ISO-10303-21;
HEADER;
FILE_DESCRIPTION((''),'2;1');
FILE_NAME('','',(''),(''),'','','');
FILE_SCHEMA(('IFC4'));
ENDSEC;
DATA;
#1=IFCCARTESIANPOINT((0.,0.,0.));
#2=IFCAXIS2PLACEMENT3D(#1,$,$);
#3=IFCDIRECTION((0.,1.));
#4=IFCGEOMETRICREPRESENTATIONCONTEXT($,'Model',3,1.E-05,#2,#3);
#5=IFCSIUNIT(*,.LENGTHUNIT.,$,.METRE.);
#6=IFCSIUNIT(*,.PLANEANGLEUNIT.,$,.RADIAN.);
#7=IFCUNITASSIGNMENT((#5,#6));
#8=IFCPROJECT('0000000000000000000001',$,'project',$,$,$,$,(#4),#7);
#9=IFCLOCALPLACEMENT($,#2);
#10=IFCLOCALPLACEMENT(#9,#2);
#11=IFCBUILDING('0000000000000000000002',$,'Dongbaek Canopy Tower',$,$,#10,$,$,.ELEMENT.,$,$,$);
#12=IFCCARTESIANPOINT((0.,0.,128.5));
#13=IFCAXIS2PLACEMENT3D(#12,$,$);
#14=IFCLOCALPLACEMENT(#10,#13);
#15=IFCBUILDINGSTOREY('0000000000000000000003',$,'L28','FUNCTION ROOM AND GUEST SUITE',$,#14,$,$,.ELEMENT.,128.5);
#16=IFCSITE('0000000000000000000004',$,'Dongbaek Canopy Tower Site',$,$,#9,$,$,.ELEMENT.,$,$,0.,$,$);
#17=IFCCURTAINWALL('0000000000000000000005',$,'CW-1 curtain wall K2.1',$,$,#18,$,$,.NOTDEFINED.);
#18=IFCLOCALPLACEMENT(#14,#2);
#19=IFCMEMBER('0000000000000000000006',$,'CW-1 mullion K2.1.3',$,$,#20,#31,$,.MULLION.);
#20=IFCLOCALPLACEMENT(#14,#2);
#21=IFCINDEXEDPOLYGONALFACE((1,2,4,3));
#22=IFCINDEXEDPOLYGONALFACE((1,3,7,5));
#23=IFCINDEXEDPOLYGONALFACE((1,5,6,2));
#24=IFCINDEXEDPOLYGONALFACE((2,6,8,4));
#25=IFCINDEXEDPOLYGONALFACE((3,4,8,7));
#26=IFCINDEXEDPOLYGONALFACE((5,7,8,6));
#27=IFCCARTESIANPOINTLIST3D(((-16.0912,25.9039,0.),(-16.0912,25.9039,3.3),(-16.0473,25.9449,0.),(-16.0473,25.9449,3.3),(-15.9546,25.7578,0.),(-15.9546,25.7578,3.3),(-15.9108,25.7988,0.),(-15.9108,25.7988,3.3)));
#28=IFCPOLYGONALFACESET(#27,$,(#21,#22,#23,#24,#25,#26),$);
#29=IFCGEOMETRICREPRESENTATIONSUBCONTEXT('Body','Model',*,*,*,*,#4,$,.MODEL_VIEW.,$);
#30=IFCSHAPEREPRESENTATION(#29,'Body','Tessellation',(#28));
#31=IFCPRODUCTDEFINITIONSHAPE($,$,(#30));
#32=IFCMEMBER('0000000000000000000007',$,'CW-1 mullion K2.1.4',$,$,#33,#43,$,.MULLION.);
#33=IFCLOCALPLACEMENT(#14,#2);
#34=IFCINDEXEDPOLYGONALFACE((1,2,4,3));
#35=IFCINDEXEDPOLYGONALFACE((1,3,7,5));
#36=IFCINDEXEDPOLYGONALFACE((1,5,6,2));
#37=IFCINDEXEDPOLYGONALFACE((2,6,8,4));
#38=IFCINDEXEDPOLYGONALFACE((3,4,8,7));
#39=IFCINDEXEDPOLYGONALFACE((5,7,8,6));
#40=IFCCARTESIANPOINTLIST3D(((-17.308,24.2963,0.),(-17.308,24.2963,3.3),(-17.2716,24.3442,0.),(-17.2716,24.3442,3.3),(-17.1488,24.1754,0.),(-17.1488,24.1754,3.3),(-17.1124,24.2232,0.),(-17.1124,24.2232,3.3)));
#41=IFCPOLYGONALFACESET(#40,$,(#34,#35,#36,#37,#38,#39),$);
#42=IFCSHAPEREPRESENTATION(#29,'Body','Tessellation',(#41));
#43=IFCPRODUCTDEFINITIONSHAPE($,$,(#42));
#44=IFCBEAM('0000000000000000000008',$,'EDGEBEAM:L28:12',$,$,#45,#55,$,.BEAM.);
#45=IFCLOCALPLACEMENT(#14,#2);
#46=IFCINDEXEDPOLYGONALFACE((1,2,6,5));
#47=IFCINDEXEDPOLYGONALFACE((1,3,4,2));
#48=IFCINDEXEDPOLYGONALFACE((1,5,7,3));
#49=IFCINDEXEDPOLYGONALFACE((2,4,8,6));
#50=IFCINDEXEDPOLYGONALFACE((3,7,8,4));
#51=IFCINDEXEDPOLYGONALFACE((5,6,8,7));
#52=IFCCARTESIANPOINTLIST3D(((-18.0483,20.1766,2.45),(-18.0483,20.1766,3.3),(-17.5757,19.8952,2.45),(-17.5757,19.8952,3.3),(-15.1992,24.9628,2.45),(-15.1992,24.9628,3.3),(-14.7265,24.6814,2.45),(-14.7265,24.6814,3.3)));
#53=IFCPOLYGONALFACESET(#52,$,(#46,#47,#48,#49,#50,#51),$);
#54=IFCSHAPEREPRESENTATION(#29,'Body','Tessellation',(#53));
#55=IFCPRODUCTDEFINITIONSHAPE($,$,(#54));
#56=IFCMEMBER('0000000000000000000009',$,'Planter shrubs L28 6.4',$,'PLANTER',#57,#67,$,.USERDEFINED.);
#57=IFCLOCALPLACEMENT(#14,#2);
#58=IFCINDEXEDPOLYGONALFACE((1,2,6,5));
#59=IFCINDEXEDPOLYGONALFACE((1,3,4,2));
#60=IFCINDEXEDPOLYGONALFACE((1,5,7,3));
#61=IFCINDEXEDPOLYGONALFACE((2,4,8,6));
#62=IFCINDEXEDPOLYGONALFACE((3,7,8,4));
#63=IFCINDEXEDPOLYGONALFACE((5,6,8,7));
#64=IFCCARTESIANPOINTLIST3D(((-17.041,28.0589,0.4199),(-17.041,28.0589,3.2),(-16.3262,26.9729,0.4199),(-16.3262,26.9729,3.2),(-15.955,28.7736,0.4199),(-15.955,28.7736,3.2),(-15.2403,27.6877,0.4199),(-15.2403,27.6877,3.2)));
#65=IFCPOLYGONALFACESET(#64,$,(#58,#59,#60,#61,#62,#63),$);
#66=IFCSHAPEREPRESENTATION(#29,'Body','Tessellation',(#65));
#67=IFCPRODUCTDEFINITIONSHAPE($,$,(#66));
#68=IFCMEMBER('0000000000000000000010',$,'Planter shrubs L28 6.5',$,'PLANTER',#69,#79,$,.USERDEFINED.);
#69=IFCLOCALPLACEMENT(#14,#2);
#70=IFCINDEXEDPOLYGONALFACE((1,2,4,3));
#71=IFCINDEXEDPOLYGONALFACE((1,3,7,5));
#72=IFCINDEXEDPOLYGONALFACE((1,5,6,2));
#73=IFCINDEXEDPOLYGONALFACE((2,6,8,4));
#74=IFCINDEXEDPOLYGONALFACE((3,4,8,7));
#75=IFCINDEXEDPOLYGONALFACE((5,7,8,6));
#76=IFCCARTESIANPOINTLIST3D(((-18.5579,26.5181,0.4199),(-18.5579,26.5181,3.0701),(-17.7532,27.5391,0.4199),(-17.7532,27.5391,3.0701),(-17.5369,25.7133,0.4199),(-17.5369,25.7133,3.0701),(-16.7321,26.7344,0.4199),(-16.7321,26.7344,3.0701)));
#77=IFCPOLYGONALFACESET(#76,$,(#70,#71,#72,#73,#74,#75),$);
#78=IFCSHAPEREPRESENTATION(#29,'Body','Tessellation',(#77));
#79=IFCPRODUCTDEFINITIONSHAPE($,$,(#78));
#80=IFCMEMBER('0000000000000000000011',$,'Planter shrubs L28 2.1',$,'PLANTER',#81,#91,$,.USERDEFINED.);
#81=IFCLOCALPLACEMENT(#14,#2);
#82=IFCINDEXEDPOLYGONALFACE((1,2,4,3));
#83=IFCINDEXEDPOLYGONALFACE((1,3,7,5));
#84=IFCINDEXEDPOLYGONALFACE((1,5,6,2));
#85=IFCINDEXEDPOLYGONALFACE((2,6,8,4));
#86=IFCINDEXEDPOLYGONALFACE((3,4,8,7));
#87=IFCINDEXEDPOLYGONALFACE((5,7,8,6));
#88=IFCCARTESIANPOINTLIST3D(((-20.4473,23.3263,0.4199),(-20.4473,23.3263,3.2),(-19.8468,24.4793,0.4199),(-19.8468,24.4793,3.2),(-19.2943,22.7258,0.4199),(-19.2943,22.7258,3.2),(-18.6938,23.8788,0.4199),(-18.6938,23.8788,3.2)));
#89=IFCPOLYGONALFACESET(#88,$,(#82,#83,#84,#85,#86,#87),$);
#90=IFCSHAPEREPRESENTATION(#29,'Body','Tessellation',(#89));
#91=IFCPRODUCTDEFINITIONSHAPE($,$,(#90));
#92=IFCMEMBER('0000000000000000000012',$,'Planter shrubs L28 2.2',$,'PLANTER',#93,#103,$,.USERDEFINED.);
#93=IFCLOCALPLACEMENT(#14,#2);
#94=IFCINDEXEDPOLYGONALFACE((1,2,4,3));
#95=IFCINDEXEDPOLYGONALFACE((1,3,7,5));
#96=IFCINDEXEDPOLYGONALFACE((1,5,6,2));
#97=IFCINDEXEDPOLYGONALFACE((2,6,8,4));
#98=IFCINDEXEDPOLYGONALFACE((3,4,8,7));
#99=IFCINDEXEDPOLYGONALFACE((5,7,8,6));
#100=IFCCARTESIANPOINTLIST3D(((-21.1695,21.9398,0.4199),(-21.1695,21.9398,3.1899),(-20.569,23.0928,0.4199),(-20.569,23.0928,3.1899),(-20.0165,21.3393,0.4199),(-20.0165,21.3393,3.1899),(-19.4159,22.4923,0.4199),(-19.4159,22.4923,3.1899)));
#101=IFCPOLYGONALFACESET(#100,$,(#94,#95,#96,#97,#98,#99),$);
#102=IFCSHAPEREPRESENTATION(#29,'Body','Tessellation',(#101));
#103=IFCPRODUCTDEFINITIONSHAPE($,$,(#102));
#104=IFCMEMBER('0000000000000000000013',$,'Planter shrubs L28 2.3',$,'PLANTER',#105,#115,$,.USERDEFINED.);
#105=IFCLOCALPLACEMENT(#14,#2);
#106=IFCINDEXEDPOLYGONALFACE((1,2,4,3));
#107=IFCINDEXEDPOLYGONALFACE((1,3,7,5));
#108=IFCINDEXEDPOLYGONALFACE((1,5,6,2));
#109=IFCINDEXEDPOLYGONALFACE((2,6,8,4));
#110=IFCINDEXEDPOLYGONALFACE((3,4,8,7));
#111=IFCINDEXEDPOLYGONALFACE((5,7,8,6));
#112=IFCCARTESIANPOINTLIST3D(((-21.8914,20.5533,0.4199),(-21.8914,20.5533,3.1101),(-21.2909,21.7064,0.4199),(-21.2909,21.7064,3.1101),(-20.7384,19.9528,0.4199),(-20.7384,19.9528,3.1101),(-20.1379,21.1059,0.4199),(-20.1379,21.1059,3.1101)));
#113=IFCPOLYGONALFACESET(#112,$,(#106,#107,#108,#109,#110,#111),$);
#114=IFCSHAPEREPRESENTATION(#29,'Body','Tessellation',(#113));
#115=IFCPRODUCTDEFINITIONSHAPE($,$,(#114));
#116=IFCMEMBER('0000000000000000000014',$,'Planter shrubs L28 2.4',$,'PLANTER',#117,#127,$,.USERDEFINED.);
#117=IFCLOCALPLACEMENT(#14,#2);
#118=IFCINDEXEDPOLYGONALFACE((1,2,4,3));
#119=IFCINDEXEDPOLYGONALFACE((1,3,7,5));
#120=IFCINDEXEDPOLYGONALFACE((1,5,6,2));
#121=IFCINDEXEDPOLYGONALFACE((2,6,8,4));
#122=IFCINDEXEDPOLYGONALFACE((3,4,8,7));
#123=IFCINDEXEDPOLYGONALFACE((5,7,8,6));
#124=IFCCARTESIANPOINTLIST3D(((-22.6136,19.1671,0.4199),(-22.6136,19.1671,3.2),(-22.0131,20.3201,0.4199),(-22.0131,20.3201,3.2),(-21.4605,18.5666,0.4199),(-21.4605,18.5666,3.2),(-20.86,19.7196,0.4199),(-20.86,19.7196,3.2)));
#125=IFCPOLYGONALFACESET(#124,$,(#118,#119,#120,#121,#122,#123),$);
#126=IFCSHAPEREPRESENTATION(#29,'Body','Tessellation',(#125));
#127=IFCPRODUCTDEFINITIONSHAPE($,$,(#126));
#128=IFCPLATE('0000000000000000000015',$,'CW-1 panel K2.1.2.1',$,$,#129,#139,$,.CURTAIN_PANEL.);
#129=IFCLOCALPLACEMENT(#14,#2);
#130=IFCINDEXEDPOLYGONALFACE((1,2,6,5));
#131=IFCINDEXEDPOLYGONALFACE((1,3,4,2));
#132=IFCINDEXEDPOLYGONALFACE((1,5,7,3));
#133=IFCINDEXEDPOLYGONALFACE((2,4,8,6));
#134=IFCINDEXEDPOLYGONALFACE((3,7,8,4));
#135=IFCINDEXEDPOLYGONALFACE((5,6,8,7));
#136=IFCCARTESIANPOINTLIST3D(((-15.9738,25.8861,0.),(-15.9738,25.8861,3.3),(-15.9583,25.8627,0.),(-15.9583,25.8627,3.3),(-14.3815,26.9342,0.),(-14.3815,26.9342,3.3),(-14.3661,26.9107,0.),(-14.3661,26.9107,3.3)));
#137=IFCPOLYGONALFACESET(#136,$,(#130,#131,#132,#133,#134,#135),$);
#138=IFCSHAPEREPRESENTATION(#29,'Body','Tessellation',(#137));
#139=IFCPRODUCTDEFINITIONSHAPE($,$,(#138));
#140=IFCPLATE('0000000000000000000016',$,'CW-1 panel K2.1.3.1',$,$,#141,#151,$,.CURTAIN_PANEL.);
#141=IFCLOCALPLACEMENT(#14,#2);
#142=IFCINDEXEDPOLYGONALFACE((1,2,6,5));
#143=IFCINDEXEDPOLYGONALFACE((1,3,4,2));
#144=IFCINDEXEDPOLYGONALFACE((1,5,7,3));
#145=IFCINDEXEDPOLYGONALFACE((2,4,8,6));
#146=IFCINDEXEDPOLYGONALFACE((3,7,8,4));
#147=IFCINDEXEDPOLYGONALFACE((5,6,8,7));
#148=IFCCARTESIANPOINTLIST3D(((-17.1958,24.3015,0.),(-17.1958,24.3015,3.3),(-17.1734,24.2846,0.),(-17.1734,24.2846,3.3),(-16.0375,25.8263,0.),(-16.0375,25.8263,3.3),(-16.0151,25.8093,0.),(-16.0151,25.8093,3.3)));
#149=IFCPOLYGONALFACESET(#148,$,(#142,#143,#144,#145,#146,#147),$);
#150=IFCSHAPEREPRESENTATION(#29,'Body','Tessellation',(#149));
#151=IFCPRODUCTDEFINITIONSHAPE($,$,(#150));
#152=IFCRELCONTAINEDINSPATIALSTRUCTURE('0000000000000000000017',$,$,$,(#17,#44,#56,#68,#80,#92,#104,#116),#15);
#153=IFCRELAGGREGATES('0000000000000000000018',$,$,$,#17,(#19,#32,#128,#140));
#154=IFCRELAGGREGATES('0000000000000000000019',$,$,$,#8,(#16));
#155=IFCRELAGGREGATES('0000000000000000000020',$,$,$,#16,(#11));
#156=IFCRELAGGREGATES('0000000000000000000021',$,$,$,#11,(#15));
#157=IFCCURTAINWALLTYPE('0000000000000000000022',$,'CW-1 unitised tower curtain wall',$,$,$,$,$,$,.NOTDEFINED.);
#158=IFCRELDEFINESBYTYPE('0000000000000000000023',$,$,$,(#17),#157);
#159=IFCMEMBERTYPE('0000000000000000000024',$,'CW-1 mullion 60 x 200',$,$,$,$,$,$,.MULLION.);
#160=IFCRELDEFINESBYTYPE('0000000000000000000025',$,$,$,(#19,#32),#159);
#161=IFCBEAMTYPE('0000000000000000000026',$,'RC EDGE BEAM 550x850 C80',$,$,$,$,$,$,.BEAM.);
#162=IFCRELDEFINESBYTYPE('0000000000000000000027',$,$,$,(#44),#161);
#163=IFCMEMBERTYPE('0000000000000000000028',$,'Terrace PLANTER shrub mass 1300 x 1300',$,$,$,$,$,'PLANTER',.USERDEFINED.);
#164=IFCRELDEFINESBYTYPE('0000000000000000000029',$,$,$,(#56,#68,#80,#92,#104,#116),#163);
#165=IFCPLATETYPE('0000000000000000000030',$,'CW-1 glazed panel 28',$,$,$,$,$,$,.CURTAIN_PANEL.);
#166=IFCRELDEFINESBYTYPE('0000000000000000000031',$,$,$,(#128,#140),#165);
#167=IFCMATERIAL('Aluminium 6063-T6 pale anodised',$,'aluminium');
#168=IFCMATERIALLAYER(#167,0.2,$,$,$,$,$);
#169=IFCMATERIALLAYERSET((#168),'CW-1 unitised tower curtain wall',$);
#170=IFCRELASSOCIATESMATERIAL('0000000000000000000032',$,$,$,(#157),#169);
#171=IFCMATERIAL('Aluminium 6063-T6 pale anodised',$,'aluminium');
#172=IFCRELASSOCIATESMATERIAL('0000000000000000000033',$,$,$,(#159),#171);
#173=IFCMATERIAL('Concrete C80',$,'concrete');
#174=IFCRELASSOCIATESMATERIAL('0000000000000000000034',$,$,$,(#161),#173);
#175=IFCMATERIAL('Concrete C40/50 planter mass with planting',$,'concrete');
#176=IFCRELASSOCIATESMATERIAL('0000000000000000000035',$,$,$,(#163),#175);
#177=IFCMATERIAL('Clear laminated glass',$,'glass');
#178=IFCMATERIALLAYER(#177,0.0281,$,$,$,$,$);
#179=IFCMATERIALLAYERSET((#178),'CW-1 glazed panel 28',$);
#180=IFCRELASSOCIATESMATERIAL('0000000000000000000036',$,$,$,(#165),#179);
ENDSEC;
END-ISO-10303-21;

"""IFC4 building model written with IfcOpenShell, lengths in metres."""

from ifc_helpers import new_model, si_unit, direction, frame, origin, origin_2d, place, context, subcontext, project, spatial, rectangle, extrude, material, layer, layer_set, material_profile, profile_set, type_object, element, aggregate, save


model = new_model("IFC4")

# Units and contexts
model_context = context("Model", 3, precision=1e-05, world=origin(), true_north=direction((0.0, 1.0)))
body_context = subcontext(model_context, "Body", "Model", "MODEL_VIEW")
ifc_project = project(units=[si_unit("LENGTHUNIT", "METRE"), si_unit("PLANEANGLEUNIT", "RADIAN")], contexts=[model_context])

# Site, building, storey
site_placement = place(None, origin())
site = spatial("IfcSite", under=ifc_project, at=site_placement, Name="Dongbaek Canopy Tower Site", CompositionType="ELEMENT", RefElevation=0.0)
building_placement = place(site_placement, origin())
building = spatial("IfcBuilding", under=site, at=building_placement, Name="Dongbaek Canopy Tower", CompositionType="ELEMENT")
storey_placement = place(building_placement, frame((0.0, 0.0, 128.5)))
storey = spatial("IfcBuildingStorey", under=building, at=storey_placement, Name="L28", Description="FUNCTION ROOM AND GUEST SUITE", CompositionType="ELEMENT", Elevation=128.5)

# Curtain wall, members
ifc_material_1 = material(Name="Aluminium 6063-T6 pale anodised", Category="aluminium")
ifc_layer_1 = layer(ifc_material_1, 0.2)
ifc_layer_set_1 = layer_set([ifc_layer_1], Name="CW-1 unitised tower curtain wall")
curtain_wall_type = type_object("IfcCurtainWallType", Name="CW-1 unitised tower curtain wall", PredefinedType="NOTDEFINED", material=ifc_layer_set_1)
curtain_wall_placement = place(storey_placement, origin())
curtain_wall = element("IfcCurtainWall", 1, at=curtain_wall_placement, inside=storey, type_object=curtain_wall_type, Name="CW-1 curtain wall K2.1", PredefinedType="NOTDEFINED")
ifc_material_2 = material(Name="Aluminium 6063-T6 pale anodised", Category="aluminium")
ifc_material_profile_1 = material_profile(ifc_material_2, rectangle(XDim=0.2, YDim=0.0601, at=origin_2d()), Name="CW-1 mullion 60 x 200")
ifc_profile_set_1 = profile_set([ifc_material_profile_1], Name="Aluminium 6063-T6 pale anodised")
member_type_1 = type_object("IfcMemberType", Name="CW-1 mullion 60 x 200", PredefinedType="MULLION", material=ifc_profile_set_1)
member_1_placement = place(storey_placement, frame((-16.001, 25.8513, 0.0), z_axis=(0.0, 0.0, 1.0), x_axis=(-0.682829, 0.730578, 0.0)))
member_1 = element("IfcMember", 2, at=member_1_placement, type_object=member_type_1, Name="CW-1 mullion K2.1.3", PredefinedType="MULLION", context=body_context, shape_type="SweptSolid", body=[
    extrude(rectangle(XDim=0.2, YDim=0.0601, at=origin_2d()), origin(), (0.0, 0.0, 1.0), 3.3),
])
member_2_placement = place(storey_placement, frame((-17.2102, 24.2598, 0.0), z_axis=(0.0, 0.0, 1.0), x_axis=(-0.796291, 0.604914, 0.0)))
member_2 = element("IfcMember", 3, at=member_2_placement, type_object=member_type_1, Name="CW-1 mullion K2.1.4", PredefinedType="MULLION", context=body_context, shape_type="SweptSolid", body=[
    extrude(rectangle(XDim=0.2, YDim=0.0601, at=origin_2d()), origin(), (0.0, 0.0, 1.0), 3.3),
])

# Beam
ifc_material_3 = material(Name="Concrete C80", Category="concrete")
ifc_material_profile_2 = material_profile(ifc_material_3, rectangle(XDim=0.55, YDim=0.8501, at=origin_2d()), Name="RC EDGE BEAM 550x850 C80")
ifc_profile_set_2 = profile_set([ifc_material_profile_2], Name="Concrete C80")
beam_type = type_object("IfcBeamType", Name="RC EDGE BEAM 550x850 C80", PredefinedType="BEAM", material=ifc_profile_set_2)
beam_placement = place(storey_placement, frame((-17.812, 20.0359, 2.875), z_axis=(0.511515, 0.859275, 0.0), x_axis=(-0.859275, 0.511515, 0.0)))
element("IfcBeam", 4, at=beam_placement, inside=storey, type_object=beam_type, Name="EDGEBEAM:L28:12", PredefinedType="BEAM", context=body_context, shape_type="SweptSolid", body=[
    extrude(rectangle(XDim=0.55, YDim=0.8501, at=origin_2d()), origin(), (0.0, 0.0, 1.0), 5.5701),
])

# Members
ifc_material_4 = material(Name="Concrete C40/50 planter mass with planting", Category="concrete")
ifc_material_profile_3 = material_profile(ifc_material_4, rectangle(XDim=1.3, YDim=1.3, at=origin_2d()), Name="Terrace PLANTER shrub mass 1300 x 1300")
ifc_profile_set_3 = profile_set([ifc_material_profile_3], Name="Concrete C40/50 planter mass with planting")
member_type_2 = type_object("IfcMemberType", Name="Terrace PLANTER shrub mass 1300 x 1300", ElementType="PLANTER", PredefinedType="USERDEFINED", material=ifc_profile_set_3)
member_3_placement = place(storey_placement, frame((-16.1406, 27.8733, 0.4199), z_axis=(0.0, 0.0, 1.0), x_axis=(-0.549794, 0.835301, 0.0)))
element("IfcMember", 5, at=member_3_placement, inside=storey, type_object=member_type_2, Name="Planter shrubs L28 6.4", ObjectType="PLANTER", PredefinedType="USERDEFINED", context=body_context, shape_type="SweptSolid", body=[
    extrude(rectangle(XDim=1.3, YDim=1.3, at=origin_2d()), origin(), (0.0, 0.0, 1.0), 2.78),
])
member_4_placement = place(storey_placement, frame((-17.645, 26.6262, 0.4199), z_axis=(0.0, 0.0, 1.0), x_axis=(-0.785388, 0.619003, 0.0)))
element("IfcMember", 6, at=member_4_placement, inside=storey, type_object=member_type_2, Name="Planter shrubs L28 6.5", ObjectType="PLANTER", PredefinedType="USERDEFINED", context=body_context, shape_type="SweptSolid", body=[
    extrude(rectangle(XDim=1.3, YDim=1.3, at=origin_2d()), origin(), (0.0, 0.0, 1.0), 2.6501),
])
member_5_placement = place(storey_placement, frame((-19.5706, 23.6025, 0.4199), z_axis=(0.0, 0.0, 1.0), x_axis=(-0.886927, 0.46191, 0.0)))
element("IfcMember", 7, at=member_5_placement, inside=storey, type_object=member_type_2, Name="Planter shrubs L28 2.1", ObjectType="PLANTER", PredefinedType="USERDEFINED", context=body_context, shape_type="SweptSolid", body=[
    extrude(rectangle(XDim=1.3, YDim=1.3, at=origin_2d()), origin(), (0.0, 0.0, 1.0), 2.78),
])
member_6_placement = place(storey_placement, frame((-20.2927, 22.2161, 0.4199), z_axis=(0.0, 0.0, 1.0), x_axis=(-0.886927, 0.46191, 0.0)))
element("IfcMember", 8, at=member_6_placement, inside=storey, type_object=member_type_2, Name="Planter shrubs L28 2.2", ObjectType="PLANTER", PredefinedType="USERDEFINED", context=body_context, shape_type="SweptSolid", body=[
    extrude(rectangle(XDim=1.3, YDim=1.3, at=origin_2d()), origin(), (0.0, 0.0, 1.0), 2.77),
])
member_7_placement = place(storey_placement, frame((-21.0146, 20.8296, 0.4199), z_axis=(0.0, 0.0, 1.0), x_axis=(-0.886927, 0.46191, 0.0)))
element("IfcMember", 9, at=member_7_placement, inside=storey, type_object=member_type_2, Name="Planter shrubs L28 2.3", ObjectType="PLANTER", PredefinedType="USERDEFINED", context=body_context, shape_type="SweptSolid", body=[
    extrude(rectangle(XDim=1.3, YDim=1.3, at=origin_2d()), origin(), (0.0, 0.0, 1.0), 2.6902),
])
member_8_placement = place(storey_placement, frame((-21.7368, 19.4434, 0.4199), z_axis=(0.0, 0.0, 1.0), x_axis=(-0.886927, 0.46191, 0.0)))
element("IfcMember", 10, at=member_8_placement, inside=storey, type_object=member_type_2, Name="Planter shrubs L28 2.4", ObjectType="PLANTER", PredefinedType="USERDEFINED", context=body_context, shape_type="SweptSolid", body=[
    extrude(rectangle(XDim=1.3, YDim=1.3, at=origin_2d()), origin(), (0.0, 0.0, 1.0), 2.78),
])

# Plates
ifc_material_5 = material(Name="Clear laminated glass", Category="glass")
ifc_layer_2 = layer(ifc_material_5, 0.0281)
ifc_layer_set_2 = layer_set([ifc_layer_2], Name="CW-1 glazed panel 28")
plate_type = type_object("IfcPlateType", Name="CW-1 glazed panel 28", PredefinedType="CURTAIN_PANEL", material=ifc_layer_set_2)
plate_1_placement = place(storey_placement, frame((-15.1699, 26.3984, 0.0), z_axis=(0.0, 0.0, 1.0), x_axis=(-0.835301, -0.549794, 0.0)))
plate_1 = element("IfcPlate", 11, at=plate_1_placement, type_object=plate_type, Name="CW-1 panel K2.1.2.1", PredefinedType="CURTAIN_PANEL", context=body_context, shape_type="SweptSolid", body=[
    extrude(rectangle(XDim=1.9062, YDim=0.0281, at=origin_2d()), origin(), (0.0, 0.0, 1.0), 3.3),
])
plate_2_placement = place(storey_placement, frame((-16.6055, 25.0554, 0.0), z_axis=(0.0, 0.0, 1.0), x_axis=(-0.604914, -0.796291, 0.0)))
plate_2 = element("IfcPlate", 12, at=plate_2_placement, type_object=plate_type, Name="CW-1 panel K2.1.3.1", PredefinedType="CURTAIN_PANEL", context=body_context, shape_type="SweptSolid", body=[
    extrude(rectangle(XDim=1.9148, YDim=0.0281, at=origin_2d()), origin(), (0.0, 0.0, 1.0), 3.3),
])
aggregate(curtain_wall, [member_1, member_2, plate_1, plate_2])

save(model, "model.ifc")
